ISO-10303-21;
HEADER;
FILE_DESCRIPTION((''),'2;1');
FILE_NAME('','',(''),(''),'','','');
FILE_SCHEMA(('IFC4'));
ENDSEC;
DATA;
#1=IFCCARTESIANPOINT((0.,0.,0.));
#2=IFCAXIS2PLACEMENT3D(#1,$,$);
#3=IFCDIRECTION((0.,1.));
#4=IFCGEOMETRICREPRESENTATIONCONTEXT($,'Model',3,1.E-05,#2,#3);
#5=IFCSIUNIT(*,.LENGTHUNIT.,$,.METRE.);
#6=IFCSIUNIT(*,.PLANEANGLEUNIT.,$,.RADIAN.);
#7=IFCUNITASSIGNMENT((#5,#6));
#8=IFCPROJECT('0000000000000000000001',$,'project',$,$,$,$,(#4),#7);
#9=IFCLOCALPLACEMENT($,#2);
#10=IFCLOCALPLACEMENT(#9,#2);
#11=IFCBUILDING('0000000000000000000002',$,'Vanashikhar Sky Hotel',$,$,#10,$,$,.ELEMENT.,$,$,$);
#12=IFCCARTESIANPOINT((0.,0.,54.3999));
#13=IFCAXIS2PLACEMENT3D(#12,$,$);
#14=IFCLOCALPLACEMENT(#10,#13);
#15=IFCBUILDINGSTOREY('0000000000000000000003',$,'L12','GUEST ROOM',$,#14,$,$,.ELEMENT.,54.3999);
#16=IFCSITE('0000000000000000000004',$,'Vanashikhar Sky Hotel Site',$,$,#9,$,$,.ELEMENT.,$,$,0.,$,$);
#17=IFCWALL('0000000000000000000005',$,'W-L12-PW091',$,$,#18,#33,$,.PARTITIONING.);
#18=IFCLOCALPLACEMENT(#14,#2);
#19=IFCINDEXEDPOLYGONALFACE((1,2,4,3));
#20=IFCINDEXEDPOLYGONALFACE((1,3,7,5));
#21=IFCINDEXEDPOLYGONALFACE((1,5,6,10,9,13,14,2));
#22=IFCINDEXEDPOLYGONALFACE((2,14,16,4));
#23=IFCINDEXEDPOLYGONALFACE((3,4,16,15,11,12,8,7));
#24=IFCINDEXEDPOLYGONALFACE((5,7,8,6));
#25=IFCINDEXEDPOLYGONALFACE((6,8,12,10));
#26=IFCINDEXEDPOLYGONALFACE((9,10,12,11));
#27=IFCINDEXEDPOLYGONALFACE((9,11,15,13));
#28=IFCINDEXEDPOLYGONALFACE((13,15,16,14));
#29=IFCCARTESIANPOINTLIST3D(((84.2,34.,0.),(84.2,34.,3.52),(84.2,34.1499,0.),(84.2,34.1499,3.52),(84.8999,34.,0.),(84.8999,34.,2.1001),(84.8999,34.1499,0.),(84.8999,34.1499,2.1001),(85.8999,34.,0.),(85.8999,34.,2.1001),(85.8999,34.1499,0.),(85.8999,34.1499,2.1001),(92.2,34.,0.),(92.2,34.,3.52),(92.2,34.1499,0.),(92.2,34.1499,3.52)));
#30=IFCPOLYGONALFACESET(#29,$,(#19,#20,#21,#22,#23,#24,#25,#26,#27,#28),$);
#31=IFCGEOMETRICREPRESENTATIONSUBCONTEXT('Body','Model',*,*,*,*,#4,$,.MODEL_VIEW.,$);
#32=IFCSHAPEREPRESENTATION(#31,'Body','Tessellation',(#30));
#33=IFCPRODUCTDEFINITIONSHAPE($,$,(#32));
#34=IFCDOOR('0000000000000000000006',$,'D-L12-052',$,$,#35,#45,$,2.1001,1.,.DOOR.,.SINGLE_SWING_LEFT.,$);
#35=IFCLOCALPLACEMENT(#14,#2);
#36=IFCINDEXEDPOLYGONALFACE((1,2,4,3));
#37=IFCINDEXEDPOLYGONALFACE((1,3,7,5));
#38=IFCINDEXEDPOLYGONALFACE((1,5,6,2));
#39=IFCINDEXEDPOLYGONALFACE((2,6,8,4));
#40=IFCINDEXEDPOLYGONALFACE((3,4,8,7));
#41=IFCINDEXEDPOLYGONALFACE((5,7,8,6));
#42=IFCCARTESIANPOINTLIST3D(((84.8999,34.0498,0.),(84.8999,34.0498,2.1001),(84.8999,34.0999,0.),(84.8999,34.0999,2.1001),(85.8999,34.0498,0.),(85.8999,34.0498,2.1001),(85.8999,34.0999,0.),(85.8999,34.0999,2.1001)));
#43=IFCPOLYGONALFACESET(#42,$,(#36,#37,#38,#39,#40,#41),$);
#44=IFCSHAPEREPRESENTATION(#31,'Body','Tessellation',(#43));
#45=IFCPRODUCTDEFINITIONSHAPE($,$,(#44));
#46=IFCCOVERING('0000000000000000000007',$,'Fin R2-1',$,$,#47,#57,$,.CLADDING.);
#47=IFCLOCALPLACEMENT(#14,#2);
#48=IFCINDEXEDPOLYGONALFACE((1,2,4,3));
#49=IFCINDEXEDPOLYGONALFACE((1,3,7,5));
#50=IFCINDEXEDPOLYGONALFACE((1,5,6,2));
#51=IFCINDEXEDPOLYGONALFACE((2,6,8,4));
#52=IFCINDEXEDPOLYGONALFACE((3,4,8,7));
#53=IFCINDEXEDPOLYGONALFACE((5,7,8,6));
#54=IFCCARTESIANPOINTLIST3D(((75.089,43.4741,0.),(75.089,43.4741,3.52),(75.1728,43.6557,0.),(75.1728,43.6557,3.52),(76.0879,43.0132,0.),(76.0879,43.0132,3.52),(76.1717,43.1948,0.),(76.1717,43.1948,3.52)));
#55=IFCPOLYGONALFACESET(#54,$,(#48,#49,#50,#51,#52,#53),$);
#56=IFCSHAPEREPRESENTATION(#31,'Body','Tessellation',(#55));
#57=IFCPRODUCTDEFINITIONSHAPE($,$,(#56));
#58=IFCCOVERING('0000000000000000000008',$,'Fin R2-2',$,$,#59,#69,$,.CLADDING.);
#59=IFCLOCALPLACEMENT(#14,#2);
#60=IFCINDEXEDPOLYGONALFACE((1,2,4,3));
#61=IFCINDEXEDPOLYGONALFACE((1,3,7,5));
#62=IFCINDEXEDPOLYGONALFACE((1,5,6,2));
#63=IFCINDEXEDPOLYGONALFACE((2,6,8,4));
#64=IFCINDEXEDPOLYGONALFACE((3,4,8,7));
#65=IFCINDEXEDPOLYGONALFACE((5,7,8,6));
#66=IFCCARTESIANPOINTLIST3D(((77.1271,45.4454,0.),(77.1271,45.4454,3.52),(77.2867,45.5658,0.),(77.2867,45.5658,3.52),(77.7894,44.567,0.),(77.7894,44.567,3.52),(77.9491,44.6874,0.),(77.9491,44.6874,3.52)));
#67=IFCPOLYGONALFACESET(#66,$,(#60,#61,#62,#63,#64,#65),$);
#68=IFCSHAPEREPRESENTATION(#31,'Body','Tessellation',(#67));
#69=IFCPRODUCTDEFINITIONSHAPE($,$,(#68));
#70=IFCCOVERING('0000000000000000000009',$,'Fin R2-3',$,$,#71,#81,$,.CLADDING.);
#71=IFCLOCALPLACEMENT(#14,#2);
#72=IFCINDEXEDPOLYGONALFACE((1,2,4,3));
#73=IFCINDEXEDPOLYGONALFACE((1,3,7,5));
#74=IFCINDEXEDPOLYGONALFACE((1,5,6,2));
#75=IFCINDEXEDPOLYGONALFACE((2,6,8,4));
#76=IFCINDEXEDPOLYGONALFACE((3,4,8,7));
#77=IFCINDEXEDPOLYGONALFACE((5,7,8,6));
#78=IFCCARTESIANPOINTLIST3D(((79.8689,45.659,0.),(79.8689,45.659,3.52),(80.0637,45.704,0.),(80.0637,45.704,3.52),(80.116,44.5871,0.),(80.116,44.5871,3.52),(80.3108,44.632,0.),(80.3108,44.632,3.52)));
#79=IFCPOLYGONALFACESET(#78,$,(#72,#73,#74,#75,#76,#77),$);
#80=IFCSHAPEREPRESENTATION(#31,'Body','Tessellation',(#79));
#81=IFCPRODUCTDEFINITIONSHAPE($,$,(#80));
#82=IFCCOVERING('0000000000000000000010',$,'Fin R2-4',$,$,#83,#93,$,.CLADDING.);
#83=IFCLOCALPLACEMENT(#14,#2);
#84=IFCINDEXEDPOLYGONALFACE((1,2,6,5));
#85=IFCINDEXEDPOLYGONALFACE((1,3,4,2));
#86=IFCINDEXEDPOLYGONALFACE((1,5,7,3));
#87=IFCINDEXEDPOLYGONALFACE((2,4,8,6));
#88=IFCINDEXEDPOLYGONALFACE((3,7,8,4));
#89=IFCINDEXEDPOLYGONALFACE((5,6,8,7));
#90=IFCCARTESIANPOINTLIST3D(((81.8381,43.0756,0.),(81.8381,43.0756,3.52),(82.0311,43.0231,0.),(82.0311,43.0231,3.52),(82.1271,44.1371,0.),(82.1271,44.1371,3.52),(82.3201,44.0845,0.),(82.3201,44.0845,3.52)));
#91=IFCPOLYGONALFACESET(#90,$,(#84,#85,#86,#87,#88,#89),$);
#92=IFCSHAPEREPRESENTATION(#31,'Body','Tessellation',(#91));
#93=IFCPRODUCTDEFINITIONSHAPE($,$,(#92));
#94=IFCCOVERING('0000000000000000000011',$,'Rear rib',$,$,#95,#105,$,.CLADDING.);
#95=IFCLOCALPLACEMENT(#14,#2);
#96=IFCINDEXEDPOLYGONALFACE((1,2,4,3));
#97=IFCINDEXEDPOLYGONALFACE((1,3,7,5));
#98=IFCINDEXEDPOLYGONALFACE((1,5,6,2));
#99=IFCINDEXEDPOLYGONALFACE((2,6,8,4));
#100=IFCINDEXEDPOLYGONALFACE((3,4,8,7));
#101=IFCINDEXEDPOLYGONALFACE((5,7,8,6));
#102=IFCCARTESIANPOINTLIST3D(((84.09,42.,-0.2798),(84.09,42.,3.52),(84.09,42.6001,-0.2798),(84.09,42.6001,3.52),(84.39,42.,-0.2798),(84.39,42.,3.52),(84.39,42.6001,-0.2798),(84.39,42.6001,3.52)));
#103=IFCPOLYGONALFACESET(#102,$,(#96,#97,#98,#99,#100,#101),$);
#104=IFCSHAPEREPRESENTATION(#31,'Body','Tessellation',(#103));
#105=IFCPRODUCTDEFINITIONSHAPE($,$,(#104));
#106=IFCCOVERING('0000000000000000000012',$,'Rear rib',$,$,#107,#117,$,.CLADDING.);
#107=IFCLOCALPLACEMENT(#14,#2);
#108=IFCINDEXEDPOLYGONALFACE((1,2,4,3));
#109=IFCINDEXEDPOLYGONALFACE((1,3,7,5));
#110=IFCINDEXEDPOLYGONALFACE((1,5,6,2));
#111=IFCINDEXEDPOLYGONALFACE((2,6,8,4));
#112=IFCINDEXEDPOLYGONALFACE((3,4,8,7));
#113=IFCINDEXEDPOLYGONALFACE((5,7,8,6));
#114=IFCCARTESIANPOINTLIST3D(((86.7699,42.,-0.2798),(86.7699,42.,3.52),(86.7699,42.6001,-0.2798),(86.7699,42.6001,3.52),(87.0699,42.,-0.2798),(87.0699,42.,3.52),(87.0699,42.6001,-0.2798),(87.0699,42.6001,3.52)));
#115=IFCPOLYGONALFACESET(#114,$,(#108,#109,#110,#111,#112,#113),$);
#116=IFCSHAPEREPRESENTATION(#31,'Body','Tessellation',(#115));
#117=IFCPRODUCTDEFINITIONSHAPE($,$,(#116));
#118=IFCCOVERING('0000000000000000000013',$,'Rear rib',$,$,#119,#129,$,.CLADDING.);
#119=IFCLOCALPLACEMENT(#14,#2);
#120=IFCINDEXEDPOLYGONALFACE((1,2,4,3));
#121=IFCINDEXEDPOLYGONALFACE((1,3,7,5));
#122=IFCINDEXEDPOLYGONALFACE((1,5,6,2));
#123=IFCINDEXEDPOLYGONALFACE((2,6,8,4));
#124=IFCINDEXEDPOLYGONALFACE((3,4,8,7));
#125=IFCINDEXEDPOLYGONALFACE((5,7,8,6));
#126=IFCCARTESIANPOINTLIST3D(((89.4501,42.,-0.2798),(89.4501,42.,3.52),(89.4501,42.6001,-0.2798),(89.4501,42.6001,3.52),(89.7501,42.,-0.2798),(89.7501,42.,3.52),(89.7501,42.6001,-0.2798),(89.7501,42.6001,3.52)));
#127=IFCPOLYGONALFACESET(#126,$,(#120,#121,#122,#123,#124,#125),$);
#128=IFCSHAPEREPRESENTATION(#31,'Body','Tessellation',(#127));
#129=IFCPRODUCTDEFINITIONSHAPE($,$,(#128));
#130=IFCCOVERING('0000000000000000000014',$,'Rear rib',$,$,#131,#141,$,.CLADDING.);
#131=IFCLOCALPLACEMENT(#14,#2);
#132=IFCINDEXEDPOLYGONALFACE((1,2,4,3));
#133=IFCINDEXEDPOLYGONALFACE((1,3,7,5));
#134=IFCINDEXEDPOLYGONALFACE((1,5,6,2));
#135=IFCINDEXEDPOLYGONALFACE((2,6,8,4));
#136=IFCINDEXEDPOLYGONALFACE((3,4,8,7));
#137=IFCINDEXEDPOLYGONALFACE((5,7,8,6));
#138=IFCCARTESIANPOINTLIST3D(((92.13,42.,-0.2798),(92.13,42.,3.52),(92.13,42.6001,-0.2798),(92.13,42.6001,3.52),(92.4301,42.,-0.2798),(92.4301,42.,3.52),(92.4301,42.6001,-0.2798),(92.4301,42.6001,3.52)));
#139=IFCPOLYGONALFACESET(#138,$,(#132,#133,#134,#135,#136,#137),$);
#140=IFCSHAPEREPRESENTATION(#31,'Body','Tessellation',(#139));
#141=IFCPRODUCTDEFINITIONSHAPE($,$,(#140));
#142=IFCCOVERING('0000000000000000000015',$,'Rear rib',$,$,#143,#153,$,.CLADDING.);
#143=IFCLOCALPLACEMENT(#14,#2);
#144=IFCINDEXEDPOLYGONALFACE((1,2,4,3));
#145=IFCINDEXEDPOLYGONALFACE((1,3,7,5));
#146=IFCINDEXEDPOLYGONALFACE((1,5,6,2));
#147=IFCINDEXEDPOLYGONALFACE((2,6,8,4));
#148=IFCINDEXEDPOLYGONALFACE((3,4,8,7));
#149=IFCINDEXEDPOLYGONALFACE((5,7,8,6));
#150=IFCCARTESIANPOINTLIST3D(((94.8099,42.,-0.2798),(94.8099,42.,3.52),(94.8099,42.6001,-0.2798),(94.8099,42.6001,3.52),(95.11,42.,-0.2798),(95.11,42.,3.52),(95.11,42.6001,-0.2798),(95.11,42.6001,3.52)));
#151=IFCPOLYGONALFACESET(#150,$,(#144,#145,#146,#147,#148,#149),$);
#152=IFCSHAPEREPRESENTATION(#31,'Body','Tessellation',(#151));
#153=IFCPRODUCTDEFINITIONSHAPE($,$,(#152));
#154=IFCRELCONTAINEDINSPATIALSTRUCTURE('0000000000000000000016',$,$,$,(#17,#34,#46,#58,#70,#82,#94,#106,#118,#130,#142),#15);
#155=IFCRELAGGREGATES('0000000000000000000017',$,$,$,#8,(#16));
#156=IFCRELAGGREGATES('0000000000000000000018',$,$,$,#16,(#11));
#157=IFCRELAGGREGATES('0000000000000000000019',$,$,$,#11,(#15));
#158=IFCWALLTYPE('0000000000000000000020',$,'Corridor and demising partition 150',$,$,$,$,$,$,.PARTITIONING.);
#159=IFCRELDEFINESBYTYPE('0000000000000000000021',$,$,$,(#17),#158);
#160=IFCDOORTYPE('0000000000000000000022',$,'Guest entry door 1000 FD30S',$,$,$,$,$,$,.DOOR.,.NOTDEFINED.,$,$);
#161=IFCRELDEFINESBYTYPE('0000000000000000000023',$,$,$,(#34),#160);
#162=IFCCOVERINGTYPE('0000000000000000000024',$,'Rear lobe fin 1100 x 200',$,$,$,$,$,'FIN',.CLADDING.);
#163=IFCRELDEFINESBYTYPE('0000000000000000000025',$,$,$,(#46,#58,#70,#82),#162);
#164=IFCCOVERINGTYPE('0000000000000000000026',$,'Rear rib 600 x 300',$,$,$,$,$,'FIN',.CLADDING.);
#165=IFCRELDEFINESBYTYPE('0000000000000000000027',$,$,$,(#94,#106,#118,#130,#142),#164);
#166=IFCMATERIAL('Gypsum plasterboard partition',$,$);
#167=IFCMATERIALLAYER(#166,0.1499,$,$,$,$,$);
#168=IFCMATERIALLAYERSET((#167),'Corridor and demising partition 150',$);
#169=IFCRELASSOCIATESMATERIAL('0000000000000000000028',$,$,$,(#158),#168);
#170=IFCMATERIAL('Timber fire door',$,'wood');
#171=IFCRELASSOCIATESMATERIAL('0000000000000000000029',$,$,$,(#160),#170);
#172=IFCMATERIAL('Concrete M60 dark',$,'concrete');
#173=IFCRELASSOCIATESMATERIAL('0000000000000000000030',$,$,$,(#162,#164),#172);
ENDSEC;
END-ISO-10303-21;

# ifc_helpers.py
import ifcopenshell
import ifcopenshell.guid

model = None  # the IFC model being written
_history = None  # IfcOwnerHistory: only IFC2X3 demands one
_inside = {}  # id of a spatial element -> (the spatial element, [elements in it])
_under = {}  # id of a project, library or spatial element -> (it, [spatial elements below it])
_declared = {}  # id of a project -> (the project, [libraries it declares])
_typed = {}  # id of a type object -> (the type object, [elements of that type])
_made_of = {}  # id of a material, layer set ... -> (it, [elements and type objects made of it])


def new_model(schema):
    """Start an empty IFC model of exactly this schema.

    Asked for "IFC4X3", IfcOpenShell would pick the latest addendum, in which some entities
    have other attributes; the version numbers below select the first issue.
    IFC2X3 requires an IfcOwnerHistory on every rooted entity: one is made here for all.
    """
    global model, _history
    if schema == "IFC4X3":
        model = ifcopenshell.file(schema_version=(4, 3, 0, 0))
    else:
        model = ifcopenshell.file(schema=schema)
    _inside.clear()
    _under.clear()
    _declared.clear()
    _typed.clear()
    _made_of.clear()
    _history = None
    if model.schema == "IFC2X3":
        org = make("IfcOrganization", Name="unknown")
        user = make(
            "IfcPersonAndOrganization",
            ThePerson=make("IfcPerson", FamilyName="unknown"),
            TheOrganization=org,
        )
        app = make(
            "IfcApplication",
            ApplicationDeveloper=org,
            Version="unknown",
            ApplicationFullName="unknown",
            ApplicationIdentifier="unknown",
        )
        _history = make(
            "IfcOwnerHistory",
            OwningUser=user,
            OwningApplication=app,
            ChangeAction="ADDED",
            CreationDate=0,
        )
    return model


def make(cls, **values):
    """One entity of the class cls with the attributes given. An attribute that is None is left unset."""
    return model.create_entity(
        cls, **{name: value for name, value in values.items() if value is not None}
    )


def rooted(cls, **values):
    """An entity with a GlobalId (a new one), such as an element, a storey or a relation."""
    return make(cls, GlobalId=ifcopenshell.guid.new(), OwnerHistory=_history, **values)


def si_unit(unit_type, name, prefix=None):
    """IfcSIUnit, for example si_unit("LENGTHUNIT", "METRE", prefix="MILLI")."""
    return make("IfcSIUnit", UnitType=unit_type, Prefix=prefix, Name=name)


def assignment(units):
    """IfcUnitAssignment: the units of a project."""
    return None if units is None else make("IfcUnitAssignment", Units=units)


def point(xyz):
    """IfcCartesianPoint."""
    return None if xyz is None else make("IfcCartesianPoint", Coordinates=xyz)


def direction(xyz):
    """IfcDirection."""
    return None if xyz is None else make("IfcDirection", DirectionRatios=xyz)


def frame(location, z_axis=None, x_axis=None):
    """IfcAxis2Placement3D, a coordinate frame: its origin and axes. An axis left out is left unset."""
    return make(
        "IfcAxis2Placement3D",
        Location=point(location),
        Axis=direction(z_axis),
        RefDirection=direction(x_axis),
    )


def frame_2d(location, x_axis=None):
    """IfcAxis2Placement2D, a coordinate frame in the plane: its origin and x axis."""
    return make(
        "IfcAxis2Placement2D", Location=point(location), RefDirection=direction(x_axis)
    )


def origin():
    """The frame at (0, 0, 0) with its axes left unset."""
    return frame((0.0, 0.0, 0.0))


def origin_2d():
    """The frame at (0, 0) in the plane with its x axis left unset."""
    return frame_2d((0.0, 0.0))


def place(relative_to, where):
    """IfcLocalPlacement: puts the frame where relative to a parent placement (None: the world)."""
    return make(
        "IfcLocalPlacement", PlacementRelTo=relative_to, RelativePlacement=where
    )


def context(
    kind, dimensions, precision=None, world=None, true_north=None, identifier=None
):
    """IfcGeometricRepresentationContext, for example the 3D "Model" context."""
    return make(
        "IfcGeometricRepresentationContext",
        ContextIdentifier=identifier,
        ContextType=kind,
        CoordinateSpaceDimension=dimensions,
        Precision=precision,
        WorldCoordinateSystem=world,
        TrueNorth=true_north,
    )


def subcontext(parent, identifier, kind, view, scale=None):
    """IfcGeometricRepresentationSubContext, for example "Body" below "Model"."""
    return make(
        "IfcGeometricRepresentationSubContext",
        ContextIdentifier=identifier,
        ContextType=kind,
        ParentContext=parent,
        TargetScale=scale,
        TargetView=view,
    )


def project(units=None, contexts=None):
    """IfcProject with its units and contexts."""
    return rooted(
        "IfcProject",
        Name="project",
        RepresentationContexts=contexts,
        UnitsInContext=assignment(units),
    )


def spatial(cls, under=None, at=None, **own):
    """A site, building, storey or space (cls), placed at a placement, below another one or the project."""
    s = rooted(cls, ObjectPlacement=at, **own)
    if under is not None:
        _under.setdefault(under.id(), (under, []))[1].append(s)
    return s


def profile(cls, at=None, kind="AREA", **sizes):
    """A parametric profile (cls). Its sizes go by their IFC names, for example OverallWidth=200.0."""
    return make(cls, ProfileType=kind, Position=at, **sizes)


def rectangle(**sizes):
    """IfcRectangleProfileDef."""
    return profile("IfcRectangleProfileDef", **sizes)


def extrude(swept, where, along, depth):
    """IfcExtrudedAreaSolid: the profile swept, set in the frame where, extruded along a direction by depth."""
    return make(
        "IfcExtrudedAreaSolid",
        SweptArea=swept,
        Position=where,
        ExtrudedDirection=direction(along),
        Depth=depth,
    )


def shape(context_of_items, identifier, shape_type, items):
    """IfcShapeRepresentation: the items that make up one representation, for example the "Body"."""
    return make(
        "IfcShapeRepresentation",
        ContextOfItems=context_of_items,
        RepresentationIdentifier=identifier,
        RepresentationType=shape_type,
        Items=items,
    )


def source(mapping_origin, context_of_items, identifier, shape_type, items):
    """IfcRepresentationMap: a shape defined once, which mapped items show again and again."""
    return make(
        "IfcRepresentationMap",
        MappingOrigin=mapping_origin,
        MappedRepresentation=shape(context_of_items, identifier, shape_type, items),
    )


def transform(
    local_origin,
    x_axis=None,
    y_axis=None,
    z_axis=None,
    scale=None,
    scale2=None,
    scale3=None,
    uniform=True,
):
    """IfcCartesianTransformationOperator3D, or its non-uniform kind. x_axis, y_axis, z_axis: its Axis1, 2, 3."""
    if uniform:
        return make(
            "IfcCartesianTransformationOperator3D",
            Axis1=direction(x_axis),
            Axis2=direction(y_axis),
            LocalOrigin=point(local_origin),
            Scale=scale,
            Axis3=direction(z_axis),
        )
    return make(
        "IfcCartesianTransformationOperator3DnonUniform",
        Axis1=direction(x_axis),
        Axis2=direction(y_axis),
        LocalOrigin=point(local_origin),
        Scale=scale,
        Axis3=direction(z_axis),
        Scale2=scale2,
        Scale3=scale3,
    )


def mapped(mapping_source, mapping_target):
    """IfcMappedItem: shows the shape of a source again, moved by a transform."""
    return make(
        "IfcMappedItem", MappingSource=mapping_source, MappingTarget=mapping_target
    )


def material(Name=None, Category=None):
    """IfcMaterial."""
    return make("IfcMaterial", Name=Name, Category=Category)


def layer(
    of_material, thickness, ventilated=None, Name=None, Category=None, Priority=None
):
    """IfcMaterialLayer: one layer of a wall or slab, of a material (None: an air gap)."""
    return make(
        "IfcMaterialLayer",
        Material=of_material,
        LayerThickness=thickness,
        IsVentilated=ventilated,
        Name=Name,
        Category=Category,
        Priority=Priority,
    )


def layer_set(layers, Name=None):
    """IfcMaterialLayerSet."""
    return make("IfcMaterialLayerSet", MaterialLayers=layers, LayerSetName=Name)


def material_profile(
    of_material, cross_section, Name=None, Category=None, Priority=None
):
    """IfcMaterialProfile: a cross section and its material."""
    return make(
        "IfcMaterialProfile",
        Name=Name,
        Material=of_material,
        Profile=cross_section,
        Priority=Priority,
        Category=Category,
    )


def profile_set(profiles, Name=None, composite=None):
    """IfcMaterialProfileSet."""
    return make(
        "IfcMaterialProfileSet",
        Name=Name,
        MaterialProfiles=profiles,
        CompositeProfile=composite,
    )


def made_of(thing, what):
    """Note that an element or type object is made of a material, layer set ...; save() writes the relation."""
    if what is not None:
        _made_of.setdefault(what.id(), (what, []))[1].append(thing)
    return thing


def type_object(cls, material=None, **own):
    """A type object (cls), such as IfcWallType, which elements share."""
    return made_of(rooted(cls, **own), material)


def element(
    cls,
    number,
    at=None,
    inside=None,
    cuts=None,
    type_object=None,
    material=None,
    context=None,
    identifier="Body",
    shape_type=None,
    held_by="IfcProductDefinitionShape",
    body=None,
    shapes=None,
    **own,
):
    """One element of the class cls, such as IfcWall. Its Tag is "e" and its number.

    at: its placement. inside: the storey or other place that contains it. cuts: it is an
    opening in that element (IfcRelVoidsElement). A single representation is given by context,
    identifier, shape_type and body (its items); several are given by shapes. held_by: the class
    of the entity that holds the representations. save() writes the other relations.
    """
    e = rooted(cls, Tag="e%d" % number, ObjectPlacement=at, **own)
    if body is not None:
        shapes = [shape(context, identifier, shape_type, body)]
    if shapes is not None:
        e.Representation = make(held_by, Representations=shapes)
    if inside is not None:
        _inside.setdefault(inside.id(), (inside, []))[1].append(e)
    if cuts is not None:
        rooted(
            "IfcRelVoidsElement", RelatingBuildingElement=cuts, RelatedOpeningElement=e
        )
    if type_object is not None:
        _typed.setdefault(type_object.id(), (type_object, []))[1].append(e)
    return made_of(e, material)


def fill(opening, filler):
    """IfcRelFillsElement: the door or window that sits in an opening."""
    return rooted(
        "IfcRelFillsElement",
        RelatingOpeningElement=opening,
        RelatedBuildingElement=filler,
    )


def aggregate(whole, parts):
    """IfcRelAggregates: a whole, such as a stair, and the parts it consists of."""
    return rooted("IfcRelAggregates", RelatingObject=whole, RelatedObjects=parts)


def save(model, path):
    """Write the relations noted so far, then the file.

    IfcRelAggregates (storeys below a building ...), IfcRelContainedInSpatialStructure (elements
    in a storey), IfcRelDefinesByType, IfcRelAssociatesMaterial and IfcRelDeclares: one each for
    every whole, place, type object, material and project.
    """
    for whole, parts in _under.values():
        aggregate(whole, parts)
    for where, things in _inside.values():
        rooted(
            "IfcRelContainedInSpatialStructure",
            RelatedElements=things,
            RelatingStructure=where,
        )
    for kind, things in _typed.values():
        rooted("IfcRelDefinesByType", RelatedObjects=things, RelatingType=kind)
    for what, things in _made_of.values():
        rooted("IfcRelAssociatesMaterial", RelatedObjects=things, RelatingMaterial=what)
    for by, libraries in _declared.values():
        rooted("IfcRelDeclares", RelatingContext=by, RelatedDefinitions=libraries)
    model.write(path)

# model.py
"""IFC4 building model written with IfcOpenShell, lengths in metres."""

from ifc_helpers import new_model, si_unit, direction, frame, frame_2d, origin, origin_2d, place, context, subcontext, project, spatial, rectangle, extrude, source, transform, mapped, material, layer, layer_set, material_profile, profile_set, type_object, element, fill, save


model = new_model("IFC4")

# Units and contexts
model_context = context("Model", 3, precision=1e-05, world=origin(), true_north=direction((0.0, 1.0)))
body_context = subcontext(model_context, "Body", "Model", "MODEL_VIEW")
ifc_project = project(units=[si_unit("LENGTHUNIT", "METRE"), si_unit("PLANEANGLEUNIT", "RADIAN")], contexts=[model_context])

# Site, building, storey
site_placement = place(None, origin())
site = spatial("IfcSite", under=ifc_project, at=site_placement, Name="Vanashikhar Sky Hotel Site", CompositionType="ELEMENT", RefElevation=0.0)
building_placement = place(site_placement, origin())
building = spatial("IfcBuilding", under=site, at=building_placement, Name="Vanashikhar Sky Hotel", CompositionType="ELEMENT")
storey_placement = place(building_placement, frame((0.0, 0.0, 54.3999)))
storey = spatial("IfcBuildingStorey", under=building, at=storey_placement, Name="L12", Description="GUEST ROOM", CompositionType="ELEMENT", Elevation=54.3999)

# Wall, opening, door
ifc_material_1 = material(Name="Gypsum plasterboard partition")
ifc_layer_1 = layer(ifc_material_1, 0.1499)
ifc_layer_set_1 = layer_set([ifc_layer_1], Name="Corridor and demising partition 150")
wall_type_1 = type_object("IfcWallType", Name="Corridor and demising partition 150", PredefinedType="PARTITIONING", material=ifc_layer_set_1)
shared_shape_1 = source(origin(), body_context, "Body", "SweptSolid", [
    extrude(rectangle(XDim=8.0, YDim=0.1499, at=frame_2d((4.0, 0.0))), origin(), (0.0, 0.0, 1.0), 3.52),
])
wall_1_placement = place(storey_placement, frame((84.2, 34.075, 0.0), z_axis=(0.0, 0.0, 1.0), x_axis=(1.0, 0.0, 0.0)))
wall_1 = element("IfcWall", 1, at=wall_1_placement, inside=storey, type_object=wall_type_1, Name="W-L12-PW091", PredefinedType="PARTITIONING", context=body_context, shape_type="MappedRepresentation", body=[
    mapped(shared_shape_1, transform((0.0, 0.0, 0.0), scale=1.0)),
])
shared_shape_2 = source(origin(), body_context, "Body", "SweptSolid", [
    extrude(rectangle(XDim=1.0, YDim=2.1001, at=frame_2d((0.5, 1.05))), frame((0.0, 0.085, 0.0), z_axis=(0.0, -1.0, 0.0), x_axis=(1.0, 0.0, 0.0)), (0.0, 0.0, 1.0), 0.1699),
])
opening_1_placement = place(wall_1_placement, frame((0.7, 0.0, 0.0)))
opening_1 = element("IfcOpeningElement", 2, at=opening_1_placement, cuts=wall_1, PredefinedType="OPENING", context=body_context, shape_type="MappedRepresentation", body=[
    mapped(shared_shape_2, transform((0.0, 0.0, 0.0), scale=1.0)),
])
ifc_material_2 = material(Name="Timber fire door", Category="wood")
door_type = type_object("IfcDoorType", Name="Guest entry door 1000 FD30S", OperationType="NOTDEFINED", PredefinedType="DOOR", material=ifc_material_2)
shared_shape_3 = source(origin(), body_context, "Body", "SweptSolid", [
    extrude(rectangle(XDim=1.0, YDim=2.1001, at=frame_2d((0.5, 1.05))), frame((0.0, 0.0249, 0.0), z_axis=(0.0, -1.0, 0.0), x_axis=(1.0, 0.0, 0.0)), (0.0, 0.0, 1.0), 0.05),
])
door_placement = place(opening_1_placement, origin())
door = element("IfcDoor", 3, at=door_placement, inside=storey, type_object=door_type, Name="D-L12-052", OperationType="SINGLE_SWING_LEFT", OverallHeight=2.1001, OverallWidth=1.0, PredefinedType="DOOR", context=body_context, shape_type="MappedRepresentation", body=[
    mapped(shared_shape_3, transform((0.0, 0.0, 0.0), scale=1.0)),
])
fill(opening_1, door)

# Coverings
ifc_material_3 = material(Name="Concrete M60 dark", Category="concrete")
ifc_material_profile_1 = material_profile(ifc_material_3, rectangle(XDim=1.1001, YDim=0.2, at=origin_2d()))
ifc_profile_set_1 = profile_set([ifc_material_profile_1], Name="Rear lobe fin 1100 x 200")
covering_type_1 = type_object("IfcCoveringType", Name="Rear lobe fin 1100 x 200", ElementType="FIN", PredefinedType="CLADDING", material=ifc_profile_set_1)
shared_shape_4 = source(origin(), body_context, "Body", "SweptSolid", [
    extrude(rectangle(XDim=1.1001, YDim=0.2, at=origin_2d()), origin(), (0.0, 0.0, 1.0), 3.52),
])
for number, where, z_axis, x_axis, name in (
    (4, (75.6304, 43.3345, 0.0), (0.0, 0.0, 1.0), (-0.908004, 0.418961, 0.0), "Fin R2-1"),
    (5, (77.5381, 45.0664, 0.0), (0.0, 0.0, 1.0), (-0.602066, 0.798446, 0.0), "Fin R2-2"),
    (6, (80.0898, 45.1455, 0.0), (0.0, 0.0, 1.0), (-0.224645, 0.974441, 0.0), "Fin R2-3"),
    (7, (82.0791, 43.5801, 0.0), (0.0, 0.0, 1.0), (0.262711, 0.964874, 0.0), "Fin R2-4"),
):
    element("IfcCovering", number, at=place(storey_placement, frame(where, z_axis=z_axis, x_axis=x_axis)), inside=storey, type_object=covering_type_1, Name=name, PredefinedType="CLADDING", context=body_context, shape_type="MappedRepresentation", body=[
        mapped(shared_shape_4, transform((0.0, 0.0, 0.0), scale=1.0)),
    ])
ifc_material_profile_2 = material_profile(ifc_material_3, rectangle(XDim=0.6001, YDim=0.3, at=origin_2d()))
ifc_profile_set_2 = profile_set([ifc_material_profile_2], Name="Rear rib 600 x 300")
covering_type_2 = type_object("IfcCoveringType", Name="Rear rib 600 x 300", ElementType="FIN", PredefinedType="CLADDING", material=ifc_profile_set_2)
shared_shape_5 = source(origin(), body_context, "Body", "SweptSolid", [
    extrude(rectangle(XDim=0.6001, YDim=0.3, at=origin_2d()), origin(), (0.0, 0.0, 1.0), 3.7998),
])
for number, where, z_axis, x_axis, name in (
    (8, (84.24, 42.3, -0.2798), (0.0, 0.0, 1.0), (0.0, 1.0, 0.0), "Rear rib"),
    (9, (86.9199, 42.3, -0.2798), (0.0, 0.0, 1.0), (0.0, 1.0, 0.0), "Rear rib"),
    (10, (89.6001, 42.3, -0.2798), (0.0, 0.0, 1.0), (0.0, 1.0, 0.0), "Rear rib"),
    (11, (92.28, 42.3, -0.2798), (0.0, 0.0, 1.0), (0.0, 1.0, 0.0), "Rear rib"),
    (12, (94.96, 42.3, -0.2798), (0.0, 0.0, 1.0), (0.0, 1.0, 0.0), "Rear rib"),
):
    element("IfcCovering", number, at=place(storey_placement, frame(where, z_axis=z_axis, x_axis=x_axis)), inside=storey, type_object=covering_type_2, Name=name, PredefinedType="CLADDING", context=body_context, shape_type="MappedRepresentation", body=[
        mapped(shared_shape_5, transform((0.0, 0.0, 0.0), scale=1.0)),
    ])

save(model, "model.ifc")
